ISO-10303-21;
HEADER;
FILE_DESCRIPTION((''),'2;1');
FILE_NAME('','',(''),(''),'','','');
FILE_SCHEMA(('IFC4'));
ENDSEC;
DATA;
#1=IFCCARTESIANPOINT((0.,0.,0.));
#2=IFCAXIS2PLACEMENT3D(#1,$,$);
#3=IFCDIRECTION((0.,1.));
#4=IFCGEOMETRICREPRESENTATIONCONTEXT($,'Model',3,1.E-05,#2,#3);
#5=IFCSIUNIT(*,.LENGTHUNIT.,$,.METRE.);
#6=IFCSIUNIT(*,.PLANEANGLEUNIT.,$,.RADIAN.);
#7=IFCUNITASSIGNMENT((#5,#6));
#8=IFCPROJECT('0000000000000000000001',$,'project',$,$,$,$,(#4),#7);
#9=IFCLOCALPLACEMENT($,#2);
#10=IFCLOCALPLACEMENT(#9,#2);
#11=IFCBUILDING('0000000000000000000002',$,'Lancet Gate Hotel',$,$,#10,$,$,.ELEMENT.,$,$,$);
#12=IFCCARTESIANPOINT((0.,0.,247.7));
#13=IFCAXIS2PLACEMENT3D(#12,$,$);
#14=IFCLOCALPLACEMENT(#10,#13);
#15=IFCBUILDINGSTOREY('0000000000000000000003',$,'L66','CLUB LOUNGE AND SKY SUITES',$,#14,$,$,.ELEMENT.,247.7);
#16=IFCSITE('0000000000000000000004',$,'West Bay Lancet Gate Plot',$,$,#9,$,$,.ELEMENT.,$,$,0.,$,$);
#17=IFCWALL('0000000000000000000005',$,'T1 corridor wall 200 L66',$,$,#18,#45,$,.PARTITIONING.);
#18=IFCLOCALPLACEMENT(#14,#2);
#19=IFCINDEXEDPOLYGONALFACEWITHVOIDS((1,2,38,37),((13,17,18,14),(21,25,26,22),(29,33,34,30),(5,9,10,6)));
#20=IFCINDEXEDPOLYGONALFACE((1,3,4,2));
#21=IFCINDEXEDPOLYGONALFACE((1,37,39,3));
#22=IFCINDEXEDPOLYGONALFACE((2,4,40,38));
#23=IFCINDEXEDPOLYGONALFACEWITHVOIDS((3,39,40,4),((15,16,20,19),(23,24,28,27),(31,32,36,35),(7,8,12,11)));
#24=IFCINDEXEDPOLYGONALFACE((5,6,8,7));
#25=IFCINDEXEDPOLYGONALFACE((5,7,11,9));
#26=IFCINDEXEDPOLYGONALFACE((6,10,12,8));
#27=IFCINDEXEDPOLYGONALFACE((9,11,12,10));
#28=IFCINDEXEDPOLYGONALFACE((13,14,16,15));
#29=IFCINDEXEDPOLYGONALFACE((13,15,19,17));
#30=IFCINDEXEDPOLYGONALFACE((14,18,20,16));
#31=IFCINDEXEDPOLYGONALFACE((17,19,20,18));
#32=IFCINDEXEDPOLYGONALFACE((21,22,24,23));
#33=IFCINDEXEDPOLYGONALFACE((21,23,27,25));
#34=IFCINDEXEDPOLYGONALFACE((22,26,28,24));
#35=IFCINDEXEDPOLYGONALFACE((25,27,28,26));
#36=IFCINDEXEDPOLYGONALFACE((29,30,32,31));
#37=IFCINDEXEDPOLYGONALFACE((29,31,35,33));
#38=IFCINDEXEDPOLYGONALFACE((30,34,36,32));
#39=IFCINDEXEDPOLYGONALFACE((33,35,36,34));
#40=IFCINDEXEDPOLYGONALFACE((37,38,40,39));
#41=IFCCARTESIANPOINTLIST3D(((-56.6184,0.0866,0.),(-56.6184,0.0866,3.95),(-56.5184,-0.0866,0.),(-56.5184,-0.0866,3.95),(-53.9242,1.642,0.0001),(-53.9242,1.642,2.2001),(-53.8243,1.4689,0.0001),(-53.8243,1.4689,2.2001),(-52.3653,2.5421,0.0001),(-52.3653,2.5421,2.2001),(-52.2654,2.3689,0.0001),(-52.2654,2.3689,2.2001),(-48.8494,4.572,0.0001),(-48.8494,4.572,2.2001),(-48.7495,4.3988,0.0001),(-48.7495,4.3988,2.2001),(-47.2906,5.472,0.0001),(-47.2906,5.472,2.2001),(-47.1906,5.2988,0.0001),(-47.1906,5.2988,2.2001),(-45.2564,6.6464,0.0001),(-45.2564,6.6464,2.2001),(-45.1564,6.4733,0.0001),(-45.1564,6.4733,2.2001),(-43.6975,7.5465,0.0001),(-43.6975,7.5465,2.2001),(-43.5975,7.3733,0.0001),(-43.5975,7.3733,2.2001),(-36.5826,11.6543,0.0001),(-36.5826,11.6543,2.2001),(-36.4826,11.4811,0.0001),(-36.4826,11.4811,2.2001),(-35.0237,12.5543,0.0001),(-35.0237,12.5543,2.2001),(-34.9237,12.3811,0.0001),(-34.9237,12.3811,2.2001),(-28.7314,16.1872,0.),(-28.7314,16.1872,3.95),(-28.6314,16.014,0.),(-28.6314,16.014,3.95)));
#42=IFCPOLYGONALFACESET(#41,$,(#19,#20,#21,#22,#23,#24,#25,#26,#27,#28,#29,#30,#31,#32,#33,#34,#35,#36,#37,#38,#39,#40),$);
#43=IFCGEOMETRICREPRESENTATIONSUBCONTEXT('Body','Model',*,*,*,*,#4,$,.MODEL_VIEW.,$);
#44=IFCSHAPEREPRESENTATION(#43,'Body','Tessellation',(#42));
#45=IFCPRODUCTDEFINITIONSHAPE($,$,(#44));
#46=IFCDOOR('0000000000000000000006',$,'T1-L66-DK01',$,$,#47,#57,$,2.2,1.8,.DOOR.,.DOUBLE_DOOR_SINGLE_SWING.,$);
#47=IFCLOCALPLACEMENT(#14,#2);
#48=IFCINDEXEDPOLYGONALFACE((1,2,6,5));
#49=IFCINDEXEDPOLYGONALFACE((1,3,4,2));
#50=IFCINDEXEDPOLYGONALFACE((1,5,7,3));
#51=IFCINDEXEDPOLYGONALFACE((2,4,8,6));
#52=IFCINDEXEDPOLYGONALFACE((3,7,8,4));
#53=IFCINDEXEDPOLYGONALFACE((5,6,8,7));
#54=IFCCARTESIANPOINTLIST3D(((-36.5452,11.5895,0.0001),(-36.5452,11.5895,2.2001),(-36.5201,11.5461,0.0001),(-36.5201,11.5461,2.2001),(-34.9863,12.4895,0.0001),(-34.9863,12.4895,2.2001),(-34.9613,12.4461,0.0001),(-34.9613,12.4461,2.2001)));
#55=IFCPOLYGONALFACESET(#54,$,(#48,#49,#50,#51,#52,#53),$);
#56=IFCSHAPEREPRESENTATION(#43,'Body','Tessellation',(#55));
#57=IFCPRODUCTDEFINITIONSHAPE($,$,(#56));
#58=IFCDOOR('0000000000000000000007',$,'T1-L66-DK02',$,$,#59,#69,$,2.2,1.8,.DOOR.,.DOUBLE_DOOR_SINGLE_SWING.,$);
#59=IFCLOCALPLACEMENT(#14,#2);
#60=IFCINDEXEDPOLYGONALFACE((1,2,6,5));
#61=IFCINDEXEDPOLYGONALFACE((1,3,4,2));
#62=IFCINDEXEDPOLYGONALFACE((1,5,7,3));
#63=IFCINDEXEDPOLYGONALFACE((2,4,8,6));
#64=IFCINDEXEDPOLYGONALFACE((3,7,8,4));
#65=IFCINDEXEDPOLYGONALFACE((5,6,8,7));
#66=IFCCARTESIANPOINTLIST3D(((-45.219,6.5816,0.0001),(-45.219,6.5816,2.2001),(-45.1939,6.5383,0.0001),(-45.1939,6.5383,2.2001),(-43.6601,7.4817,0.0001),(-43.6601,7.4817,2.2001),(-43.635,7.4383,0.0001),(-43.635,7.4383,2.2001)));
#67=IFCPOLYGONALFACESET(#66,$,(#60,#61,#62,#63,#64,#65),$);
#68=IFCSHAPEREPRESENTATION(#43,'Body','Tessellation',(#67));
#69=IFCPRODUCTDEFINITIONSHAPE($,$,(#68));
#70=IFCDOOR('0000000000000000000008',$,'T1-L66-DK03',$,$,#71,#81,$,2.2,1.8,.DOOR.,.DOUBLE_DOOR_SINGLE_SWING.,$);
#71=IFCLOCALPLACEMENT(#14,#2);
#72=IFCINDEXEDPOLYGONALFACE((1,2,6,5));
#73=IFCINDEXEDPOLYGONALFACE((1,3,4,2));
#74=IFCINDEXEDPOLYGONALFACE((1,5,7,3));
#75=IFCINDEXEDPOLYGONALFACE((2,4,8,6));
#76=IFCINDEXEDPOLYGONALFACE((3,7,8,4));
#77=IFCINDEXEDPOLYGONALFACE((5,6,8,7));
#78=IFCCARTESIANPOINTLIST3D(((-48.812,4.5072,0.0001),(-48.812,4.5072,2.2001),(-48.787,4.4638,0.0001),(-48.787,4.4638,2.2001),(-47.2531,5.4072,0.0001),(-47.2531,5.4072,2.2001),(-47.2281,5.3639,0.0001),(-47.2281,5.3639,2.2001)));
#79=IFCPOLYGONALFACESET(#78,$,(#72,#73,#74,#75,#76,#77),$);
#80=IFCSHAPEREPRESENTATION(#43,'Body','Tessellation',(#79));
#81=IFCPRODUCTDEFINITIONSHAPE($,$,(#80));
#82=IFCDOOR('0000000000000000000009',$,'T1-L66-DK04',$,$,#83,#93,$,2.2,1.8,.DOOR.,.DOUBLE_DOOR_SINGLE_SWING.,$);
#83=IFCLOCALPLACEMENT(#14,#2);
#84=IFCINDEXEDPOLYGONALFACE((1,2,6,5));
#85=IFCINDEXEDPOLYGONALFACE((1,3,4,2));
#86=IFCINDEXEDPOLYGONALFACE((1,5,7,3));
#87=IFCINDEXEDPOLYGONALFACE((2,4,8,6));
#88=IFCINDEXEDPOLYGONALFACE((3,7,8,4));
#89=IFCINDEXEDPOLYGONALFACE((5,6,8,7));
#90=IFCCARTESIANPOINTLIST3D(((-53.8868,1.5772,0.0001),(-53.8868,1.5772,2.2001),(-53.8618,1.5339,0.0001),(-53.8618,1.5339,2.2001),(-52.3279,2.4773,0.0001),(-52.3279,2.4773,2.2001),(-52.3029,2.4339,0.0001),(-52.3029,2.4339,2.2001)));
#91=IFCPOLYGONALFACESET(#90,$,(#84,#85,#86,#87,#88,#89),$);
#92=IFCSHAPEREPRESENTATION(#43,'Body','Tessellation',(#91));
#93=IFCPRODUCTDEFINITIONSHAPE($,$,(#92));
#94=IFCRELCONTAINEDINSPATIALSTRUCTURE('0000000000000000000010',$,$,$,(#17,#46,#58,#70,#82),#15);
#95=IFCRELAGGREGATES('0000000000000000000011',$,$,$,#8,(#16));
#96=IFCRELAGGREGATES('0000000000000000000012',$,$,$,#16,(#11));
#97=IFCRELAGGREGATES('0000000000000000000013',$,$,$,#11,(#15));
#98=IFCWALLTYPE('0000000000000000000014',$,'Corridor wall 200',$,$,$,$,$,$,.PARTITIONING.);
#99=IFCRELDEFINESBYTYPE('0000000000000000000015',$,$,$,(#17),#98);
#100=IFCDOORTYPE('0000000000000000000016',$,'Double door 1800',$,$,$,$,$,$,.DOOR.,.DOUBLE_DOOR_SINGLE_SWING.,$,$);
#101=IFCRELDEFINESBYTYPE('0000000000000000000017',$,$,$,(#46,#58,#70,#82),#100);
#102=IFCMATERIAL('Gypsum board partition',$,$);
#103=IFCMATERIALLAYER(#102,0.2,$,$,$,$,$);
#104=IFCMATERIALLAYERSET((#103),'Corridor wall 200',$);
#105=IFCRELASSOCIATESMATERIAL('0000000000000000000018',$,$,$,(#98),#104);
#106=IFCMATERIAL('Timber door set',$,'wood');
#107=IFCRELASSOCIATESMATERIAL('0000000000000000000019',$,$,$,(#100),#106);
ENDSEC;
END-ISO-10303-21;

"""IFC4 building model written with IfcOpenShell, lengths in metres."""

from ifc_helpers import new_model, si_unit, direction, frame, frame_2d, origin, place, context, subcontext, project, spatial, rectangle, extrude, material, layer, layer_set, type_object, element, fill, save


model = new_model("IFC4")

# Units and contexts
model_context = context("Model", 3, precision=1e-05, world=origin(), true_north=direction((0.0, 1.0)))
body_context = subcontext(model_context, "Body", "Model", "MODEL_VIEW")
ifc_project = project(units=[si_unit("LENGTHUNIT", "METRE"), si_unit("PLANEANGLEUNIT", "RADIAN")], contexts=[model_context])

# Site, building, storey
site_placement = place(None, origin())
site = spatial("IfcSite", under=ifc_project, at=site_placement, Name="West Bay Lancet Gate Plot", CompositionType="ELEMENT", RefElevation=0.0)
building_placement = place(site_placement, origin())
building = spatial("IfcBuilding", under=site, at=building_placement, Name="Lancet Gate Hotel", CompositionType="ELEMENT")
storey_placement = place(building_placement, frame((0.0, 0.0, 247.7)))
storey = spatial("IfcBuildingStorey", under=building, at=storey_placement, Name="L66", Description="CLUB LOUNGE AND SKY SUITES", CompositionType="ELEMENT", Elevation=247.7)

# Wall, openings, doors
ifc_material_1 = material(Name="Gypsum board partition")
ifc_layer_1 = layer(ifc_material_1, 0.2)
ifc_layer_set_1 = layer_set([ifc_layer_1], Name="Corridor wall 200")
wall_type = type_object("IfcWallType", Name="Corridor wall 200", PredefinedType="PARTITIONING", material=ifc_layer_set_1)
wall_placement = place(storey_placement, frame((-28.6814, 16.1006, 0.0), z_axis=(0.0, 0.0, 1.0), x_axis=(-0.866025, -0.500001, 0.0)))
wall = element("IfcWall", 1, at=wall_placement, inside=storey, type_object=wall_type, Name="T1 corridor wall 200 L66", PredefinedType="PARTITIONING", context=body_context, shape_type="SweptSolid", body=[
    extrude(rectangle(XDim=32.2012, YDim=0.2, at=frame_2d((16.1006, 0.0))), origin(), (0.0, 0.0, 1.0), 3.95),
])
opening_1_placement = place(wall_placement, frame((7.2659, 0.0, 0.0)))
opening_1 = element("IfcOpeningElement", 2, at=opening_1_placement, cuts=wall, PredefinedType="OPENING", context=body_context, shape_type="SweptSolid", body=[
    extrude(rectangle(XDim=1.8, YDim=2.2, at=frame_2d((0.8999, 1.1001))), frame((0.0, 0.1099, 0.0), z_axis=(0.0, -1.0, 0.0), x_axis=(1.0, 0.0, 0.0)), (0.0, 0.0, 1.0), 0.22),
])
opening_2_placement = place(wall_placement, frame((17.2815, 0.0, 0.0)))
opening_2 = element("IfcOpeningElement", 3, at=opening_2_placement, cuts=wall, PredefinedType="OPENING", context=body_context, shape_type="SweptSolid", body=[
    extrude(rectangle(XDim=1.8, YDim=2.2, at=frame_2d((0.8999, 1.1001))), frame((0.0, 0.1099, 0.0), z_axis=(0.0, -1.0, 0.0), x_axis=(1.0, 0.0, 0.0)), (0.0, 0.0, 1.0), 0.22),
])
opening_3_placement = place(wall_placement, frame((21.4304, 0.0, 0.0)))
opening_3 = element("IfcOpeningElement", 4, at=opening_3_placement, cuts=wall, PredefinedType="OPENING", context=body_context, shape_type="SweptSolid", body=[
    extrude(rectangle(XDim=1.8, YDim=2.2, at=frame_2d((0.8999, 1.1001))), frame((0.0, 0.1099, 0.0), z_axis=(0.0, -1.0, 0.0), x_axis=(1.0, 0.0, 0.0)), (0.0, 0.0, 1.0), 0.22),
])
opening_4_placement = place(wall_placement, frame((27.2903, 0.0, 0.0)))
opening_4 = element("IfcOpeningElement", 5, at=opening_4_placement, cuts=wall, PredefinedType="OPENING", context=body_context, shape_type="SweptSolid", body=[
    extrude(rectangle(XDim=1.8, YDim=2.2, at=frame_2d((0.8999, 1.1001))), frame((0.0, 0.1099, 0.0), z_axis=(0.0, -1.0, 0.0), x_axis=(1.0, 0.0, 0.0)), (0.0, 0.0, 1.0), 0.22),
])
ifc_material_2 = material(Name="Timber door set", Category="wood")
door_type = type_object("IfcDoorType", Name="Double door 1800", OperationType="DOUBLE_DOOR_SINGLE_SWING", PredefinedType="DOOR", material=ifc_material_2)
door_1_placement = place(opening_1_placement, origin())
door_1 = element("IfcDoor", 6, at=door_1_placement, inside=storey, type_object=door_type, Name="T1-L66-DK01", OperationType="DOUBLE_DOOR_SINGLE_SWING", OverallHeight=2.2, OverallWidth=1.8, PredefinedType="DOOR", context=body_context, shape_type="SweptSolid", body=[
    extrude(rectangle(XDim=1.8, YDim=2.2, at=frame_2d((0.8999, 1.1001))), frame((0.0, 0.0249, 0.0), z_axis=(0.0, -1.0, 0.0), x_axis=(1.0, 0.0, 0.0)), (0.0, 0.0, 1.0), 0.05),
])
fill(opening_1, door_1)
door_2_placement = place(opening_2_placement, origin())
door_2 = element("IfcDoor", 7, at=door_2_placement, inside=storey, type_object=door_type, Name="T1-L66-DK02", OperationType="DOUBLE_DOOR_SINGLE_SWING", OverallHeight=2.2, OverallWidth=1.8, PredefinedType="DOOR", context=body_context, shape_type="SweptSolid", body=[
    extrude(rectangle(XDim=1.8, YDim=2.2, at=frame_2d((0.8999, 1.1001))), frame((0.0, 0.0249, 0.0), z_axis=(0.0, -1.0, 0.0), x_axis=(1.0, 0.0, 0.0)), (0.0, 0.0, 1.0), 0.05),
])
fill(opening_2, door_2)
door_3_placement = place(opening_3_placement, origin())
door_3 = element("IfcDoor", 8, at=door_3_placement, inside=storey, type_object=door_type, Name="T1-L66-DK03", OperationType="DOUBLE_DOOR_SINGLE_SWING", OverallHeight=2.2, OverallWidth=1.8, PredefinedType="DOOR", context=body_context, shape_type="SweptSolid", body=[
    extrude(rectangle(XDim=1.8, YDim=2.2, at=frame_2d((0.8999, 1.1001))), frame((0.0, 0.0249, 0.0), z_axis=(0.0, -1.0, 0.0), x_axis=(1.0, 0.0, 0.0)), (0.0, 0.0, 1.0), 0.05),
])
fill(opening_3, door_3)
door_4_placement = place(opening_4_placement, origin())
door_4 = element("IfcDoor", 9, at=door_4_placement, inside=storey, type_object=door_type, Name="T1-L66-DK04", OperationType="DOUBLE_DOOR_SINGLE_SWING", OverallHeight=2.2, OverallWidth=1.8, PredefinedType="DOOR", context=body_context, shape_type="SweptSolid", body=[
    extrude(rectangle(XDim=1.8, YDim=2.2, at=frame_2d((0.8999, 1.1001))), frame((0.0, 0.0249, 0.0), z_axis=(0.0, -1.0, 0.0), x_axis=(1.0, 0.0, 0.0)), (0.0, 0.0, 1.0), 0.05),
])
fill(opening_4, door_4)

save(model, "model.ifc")
